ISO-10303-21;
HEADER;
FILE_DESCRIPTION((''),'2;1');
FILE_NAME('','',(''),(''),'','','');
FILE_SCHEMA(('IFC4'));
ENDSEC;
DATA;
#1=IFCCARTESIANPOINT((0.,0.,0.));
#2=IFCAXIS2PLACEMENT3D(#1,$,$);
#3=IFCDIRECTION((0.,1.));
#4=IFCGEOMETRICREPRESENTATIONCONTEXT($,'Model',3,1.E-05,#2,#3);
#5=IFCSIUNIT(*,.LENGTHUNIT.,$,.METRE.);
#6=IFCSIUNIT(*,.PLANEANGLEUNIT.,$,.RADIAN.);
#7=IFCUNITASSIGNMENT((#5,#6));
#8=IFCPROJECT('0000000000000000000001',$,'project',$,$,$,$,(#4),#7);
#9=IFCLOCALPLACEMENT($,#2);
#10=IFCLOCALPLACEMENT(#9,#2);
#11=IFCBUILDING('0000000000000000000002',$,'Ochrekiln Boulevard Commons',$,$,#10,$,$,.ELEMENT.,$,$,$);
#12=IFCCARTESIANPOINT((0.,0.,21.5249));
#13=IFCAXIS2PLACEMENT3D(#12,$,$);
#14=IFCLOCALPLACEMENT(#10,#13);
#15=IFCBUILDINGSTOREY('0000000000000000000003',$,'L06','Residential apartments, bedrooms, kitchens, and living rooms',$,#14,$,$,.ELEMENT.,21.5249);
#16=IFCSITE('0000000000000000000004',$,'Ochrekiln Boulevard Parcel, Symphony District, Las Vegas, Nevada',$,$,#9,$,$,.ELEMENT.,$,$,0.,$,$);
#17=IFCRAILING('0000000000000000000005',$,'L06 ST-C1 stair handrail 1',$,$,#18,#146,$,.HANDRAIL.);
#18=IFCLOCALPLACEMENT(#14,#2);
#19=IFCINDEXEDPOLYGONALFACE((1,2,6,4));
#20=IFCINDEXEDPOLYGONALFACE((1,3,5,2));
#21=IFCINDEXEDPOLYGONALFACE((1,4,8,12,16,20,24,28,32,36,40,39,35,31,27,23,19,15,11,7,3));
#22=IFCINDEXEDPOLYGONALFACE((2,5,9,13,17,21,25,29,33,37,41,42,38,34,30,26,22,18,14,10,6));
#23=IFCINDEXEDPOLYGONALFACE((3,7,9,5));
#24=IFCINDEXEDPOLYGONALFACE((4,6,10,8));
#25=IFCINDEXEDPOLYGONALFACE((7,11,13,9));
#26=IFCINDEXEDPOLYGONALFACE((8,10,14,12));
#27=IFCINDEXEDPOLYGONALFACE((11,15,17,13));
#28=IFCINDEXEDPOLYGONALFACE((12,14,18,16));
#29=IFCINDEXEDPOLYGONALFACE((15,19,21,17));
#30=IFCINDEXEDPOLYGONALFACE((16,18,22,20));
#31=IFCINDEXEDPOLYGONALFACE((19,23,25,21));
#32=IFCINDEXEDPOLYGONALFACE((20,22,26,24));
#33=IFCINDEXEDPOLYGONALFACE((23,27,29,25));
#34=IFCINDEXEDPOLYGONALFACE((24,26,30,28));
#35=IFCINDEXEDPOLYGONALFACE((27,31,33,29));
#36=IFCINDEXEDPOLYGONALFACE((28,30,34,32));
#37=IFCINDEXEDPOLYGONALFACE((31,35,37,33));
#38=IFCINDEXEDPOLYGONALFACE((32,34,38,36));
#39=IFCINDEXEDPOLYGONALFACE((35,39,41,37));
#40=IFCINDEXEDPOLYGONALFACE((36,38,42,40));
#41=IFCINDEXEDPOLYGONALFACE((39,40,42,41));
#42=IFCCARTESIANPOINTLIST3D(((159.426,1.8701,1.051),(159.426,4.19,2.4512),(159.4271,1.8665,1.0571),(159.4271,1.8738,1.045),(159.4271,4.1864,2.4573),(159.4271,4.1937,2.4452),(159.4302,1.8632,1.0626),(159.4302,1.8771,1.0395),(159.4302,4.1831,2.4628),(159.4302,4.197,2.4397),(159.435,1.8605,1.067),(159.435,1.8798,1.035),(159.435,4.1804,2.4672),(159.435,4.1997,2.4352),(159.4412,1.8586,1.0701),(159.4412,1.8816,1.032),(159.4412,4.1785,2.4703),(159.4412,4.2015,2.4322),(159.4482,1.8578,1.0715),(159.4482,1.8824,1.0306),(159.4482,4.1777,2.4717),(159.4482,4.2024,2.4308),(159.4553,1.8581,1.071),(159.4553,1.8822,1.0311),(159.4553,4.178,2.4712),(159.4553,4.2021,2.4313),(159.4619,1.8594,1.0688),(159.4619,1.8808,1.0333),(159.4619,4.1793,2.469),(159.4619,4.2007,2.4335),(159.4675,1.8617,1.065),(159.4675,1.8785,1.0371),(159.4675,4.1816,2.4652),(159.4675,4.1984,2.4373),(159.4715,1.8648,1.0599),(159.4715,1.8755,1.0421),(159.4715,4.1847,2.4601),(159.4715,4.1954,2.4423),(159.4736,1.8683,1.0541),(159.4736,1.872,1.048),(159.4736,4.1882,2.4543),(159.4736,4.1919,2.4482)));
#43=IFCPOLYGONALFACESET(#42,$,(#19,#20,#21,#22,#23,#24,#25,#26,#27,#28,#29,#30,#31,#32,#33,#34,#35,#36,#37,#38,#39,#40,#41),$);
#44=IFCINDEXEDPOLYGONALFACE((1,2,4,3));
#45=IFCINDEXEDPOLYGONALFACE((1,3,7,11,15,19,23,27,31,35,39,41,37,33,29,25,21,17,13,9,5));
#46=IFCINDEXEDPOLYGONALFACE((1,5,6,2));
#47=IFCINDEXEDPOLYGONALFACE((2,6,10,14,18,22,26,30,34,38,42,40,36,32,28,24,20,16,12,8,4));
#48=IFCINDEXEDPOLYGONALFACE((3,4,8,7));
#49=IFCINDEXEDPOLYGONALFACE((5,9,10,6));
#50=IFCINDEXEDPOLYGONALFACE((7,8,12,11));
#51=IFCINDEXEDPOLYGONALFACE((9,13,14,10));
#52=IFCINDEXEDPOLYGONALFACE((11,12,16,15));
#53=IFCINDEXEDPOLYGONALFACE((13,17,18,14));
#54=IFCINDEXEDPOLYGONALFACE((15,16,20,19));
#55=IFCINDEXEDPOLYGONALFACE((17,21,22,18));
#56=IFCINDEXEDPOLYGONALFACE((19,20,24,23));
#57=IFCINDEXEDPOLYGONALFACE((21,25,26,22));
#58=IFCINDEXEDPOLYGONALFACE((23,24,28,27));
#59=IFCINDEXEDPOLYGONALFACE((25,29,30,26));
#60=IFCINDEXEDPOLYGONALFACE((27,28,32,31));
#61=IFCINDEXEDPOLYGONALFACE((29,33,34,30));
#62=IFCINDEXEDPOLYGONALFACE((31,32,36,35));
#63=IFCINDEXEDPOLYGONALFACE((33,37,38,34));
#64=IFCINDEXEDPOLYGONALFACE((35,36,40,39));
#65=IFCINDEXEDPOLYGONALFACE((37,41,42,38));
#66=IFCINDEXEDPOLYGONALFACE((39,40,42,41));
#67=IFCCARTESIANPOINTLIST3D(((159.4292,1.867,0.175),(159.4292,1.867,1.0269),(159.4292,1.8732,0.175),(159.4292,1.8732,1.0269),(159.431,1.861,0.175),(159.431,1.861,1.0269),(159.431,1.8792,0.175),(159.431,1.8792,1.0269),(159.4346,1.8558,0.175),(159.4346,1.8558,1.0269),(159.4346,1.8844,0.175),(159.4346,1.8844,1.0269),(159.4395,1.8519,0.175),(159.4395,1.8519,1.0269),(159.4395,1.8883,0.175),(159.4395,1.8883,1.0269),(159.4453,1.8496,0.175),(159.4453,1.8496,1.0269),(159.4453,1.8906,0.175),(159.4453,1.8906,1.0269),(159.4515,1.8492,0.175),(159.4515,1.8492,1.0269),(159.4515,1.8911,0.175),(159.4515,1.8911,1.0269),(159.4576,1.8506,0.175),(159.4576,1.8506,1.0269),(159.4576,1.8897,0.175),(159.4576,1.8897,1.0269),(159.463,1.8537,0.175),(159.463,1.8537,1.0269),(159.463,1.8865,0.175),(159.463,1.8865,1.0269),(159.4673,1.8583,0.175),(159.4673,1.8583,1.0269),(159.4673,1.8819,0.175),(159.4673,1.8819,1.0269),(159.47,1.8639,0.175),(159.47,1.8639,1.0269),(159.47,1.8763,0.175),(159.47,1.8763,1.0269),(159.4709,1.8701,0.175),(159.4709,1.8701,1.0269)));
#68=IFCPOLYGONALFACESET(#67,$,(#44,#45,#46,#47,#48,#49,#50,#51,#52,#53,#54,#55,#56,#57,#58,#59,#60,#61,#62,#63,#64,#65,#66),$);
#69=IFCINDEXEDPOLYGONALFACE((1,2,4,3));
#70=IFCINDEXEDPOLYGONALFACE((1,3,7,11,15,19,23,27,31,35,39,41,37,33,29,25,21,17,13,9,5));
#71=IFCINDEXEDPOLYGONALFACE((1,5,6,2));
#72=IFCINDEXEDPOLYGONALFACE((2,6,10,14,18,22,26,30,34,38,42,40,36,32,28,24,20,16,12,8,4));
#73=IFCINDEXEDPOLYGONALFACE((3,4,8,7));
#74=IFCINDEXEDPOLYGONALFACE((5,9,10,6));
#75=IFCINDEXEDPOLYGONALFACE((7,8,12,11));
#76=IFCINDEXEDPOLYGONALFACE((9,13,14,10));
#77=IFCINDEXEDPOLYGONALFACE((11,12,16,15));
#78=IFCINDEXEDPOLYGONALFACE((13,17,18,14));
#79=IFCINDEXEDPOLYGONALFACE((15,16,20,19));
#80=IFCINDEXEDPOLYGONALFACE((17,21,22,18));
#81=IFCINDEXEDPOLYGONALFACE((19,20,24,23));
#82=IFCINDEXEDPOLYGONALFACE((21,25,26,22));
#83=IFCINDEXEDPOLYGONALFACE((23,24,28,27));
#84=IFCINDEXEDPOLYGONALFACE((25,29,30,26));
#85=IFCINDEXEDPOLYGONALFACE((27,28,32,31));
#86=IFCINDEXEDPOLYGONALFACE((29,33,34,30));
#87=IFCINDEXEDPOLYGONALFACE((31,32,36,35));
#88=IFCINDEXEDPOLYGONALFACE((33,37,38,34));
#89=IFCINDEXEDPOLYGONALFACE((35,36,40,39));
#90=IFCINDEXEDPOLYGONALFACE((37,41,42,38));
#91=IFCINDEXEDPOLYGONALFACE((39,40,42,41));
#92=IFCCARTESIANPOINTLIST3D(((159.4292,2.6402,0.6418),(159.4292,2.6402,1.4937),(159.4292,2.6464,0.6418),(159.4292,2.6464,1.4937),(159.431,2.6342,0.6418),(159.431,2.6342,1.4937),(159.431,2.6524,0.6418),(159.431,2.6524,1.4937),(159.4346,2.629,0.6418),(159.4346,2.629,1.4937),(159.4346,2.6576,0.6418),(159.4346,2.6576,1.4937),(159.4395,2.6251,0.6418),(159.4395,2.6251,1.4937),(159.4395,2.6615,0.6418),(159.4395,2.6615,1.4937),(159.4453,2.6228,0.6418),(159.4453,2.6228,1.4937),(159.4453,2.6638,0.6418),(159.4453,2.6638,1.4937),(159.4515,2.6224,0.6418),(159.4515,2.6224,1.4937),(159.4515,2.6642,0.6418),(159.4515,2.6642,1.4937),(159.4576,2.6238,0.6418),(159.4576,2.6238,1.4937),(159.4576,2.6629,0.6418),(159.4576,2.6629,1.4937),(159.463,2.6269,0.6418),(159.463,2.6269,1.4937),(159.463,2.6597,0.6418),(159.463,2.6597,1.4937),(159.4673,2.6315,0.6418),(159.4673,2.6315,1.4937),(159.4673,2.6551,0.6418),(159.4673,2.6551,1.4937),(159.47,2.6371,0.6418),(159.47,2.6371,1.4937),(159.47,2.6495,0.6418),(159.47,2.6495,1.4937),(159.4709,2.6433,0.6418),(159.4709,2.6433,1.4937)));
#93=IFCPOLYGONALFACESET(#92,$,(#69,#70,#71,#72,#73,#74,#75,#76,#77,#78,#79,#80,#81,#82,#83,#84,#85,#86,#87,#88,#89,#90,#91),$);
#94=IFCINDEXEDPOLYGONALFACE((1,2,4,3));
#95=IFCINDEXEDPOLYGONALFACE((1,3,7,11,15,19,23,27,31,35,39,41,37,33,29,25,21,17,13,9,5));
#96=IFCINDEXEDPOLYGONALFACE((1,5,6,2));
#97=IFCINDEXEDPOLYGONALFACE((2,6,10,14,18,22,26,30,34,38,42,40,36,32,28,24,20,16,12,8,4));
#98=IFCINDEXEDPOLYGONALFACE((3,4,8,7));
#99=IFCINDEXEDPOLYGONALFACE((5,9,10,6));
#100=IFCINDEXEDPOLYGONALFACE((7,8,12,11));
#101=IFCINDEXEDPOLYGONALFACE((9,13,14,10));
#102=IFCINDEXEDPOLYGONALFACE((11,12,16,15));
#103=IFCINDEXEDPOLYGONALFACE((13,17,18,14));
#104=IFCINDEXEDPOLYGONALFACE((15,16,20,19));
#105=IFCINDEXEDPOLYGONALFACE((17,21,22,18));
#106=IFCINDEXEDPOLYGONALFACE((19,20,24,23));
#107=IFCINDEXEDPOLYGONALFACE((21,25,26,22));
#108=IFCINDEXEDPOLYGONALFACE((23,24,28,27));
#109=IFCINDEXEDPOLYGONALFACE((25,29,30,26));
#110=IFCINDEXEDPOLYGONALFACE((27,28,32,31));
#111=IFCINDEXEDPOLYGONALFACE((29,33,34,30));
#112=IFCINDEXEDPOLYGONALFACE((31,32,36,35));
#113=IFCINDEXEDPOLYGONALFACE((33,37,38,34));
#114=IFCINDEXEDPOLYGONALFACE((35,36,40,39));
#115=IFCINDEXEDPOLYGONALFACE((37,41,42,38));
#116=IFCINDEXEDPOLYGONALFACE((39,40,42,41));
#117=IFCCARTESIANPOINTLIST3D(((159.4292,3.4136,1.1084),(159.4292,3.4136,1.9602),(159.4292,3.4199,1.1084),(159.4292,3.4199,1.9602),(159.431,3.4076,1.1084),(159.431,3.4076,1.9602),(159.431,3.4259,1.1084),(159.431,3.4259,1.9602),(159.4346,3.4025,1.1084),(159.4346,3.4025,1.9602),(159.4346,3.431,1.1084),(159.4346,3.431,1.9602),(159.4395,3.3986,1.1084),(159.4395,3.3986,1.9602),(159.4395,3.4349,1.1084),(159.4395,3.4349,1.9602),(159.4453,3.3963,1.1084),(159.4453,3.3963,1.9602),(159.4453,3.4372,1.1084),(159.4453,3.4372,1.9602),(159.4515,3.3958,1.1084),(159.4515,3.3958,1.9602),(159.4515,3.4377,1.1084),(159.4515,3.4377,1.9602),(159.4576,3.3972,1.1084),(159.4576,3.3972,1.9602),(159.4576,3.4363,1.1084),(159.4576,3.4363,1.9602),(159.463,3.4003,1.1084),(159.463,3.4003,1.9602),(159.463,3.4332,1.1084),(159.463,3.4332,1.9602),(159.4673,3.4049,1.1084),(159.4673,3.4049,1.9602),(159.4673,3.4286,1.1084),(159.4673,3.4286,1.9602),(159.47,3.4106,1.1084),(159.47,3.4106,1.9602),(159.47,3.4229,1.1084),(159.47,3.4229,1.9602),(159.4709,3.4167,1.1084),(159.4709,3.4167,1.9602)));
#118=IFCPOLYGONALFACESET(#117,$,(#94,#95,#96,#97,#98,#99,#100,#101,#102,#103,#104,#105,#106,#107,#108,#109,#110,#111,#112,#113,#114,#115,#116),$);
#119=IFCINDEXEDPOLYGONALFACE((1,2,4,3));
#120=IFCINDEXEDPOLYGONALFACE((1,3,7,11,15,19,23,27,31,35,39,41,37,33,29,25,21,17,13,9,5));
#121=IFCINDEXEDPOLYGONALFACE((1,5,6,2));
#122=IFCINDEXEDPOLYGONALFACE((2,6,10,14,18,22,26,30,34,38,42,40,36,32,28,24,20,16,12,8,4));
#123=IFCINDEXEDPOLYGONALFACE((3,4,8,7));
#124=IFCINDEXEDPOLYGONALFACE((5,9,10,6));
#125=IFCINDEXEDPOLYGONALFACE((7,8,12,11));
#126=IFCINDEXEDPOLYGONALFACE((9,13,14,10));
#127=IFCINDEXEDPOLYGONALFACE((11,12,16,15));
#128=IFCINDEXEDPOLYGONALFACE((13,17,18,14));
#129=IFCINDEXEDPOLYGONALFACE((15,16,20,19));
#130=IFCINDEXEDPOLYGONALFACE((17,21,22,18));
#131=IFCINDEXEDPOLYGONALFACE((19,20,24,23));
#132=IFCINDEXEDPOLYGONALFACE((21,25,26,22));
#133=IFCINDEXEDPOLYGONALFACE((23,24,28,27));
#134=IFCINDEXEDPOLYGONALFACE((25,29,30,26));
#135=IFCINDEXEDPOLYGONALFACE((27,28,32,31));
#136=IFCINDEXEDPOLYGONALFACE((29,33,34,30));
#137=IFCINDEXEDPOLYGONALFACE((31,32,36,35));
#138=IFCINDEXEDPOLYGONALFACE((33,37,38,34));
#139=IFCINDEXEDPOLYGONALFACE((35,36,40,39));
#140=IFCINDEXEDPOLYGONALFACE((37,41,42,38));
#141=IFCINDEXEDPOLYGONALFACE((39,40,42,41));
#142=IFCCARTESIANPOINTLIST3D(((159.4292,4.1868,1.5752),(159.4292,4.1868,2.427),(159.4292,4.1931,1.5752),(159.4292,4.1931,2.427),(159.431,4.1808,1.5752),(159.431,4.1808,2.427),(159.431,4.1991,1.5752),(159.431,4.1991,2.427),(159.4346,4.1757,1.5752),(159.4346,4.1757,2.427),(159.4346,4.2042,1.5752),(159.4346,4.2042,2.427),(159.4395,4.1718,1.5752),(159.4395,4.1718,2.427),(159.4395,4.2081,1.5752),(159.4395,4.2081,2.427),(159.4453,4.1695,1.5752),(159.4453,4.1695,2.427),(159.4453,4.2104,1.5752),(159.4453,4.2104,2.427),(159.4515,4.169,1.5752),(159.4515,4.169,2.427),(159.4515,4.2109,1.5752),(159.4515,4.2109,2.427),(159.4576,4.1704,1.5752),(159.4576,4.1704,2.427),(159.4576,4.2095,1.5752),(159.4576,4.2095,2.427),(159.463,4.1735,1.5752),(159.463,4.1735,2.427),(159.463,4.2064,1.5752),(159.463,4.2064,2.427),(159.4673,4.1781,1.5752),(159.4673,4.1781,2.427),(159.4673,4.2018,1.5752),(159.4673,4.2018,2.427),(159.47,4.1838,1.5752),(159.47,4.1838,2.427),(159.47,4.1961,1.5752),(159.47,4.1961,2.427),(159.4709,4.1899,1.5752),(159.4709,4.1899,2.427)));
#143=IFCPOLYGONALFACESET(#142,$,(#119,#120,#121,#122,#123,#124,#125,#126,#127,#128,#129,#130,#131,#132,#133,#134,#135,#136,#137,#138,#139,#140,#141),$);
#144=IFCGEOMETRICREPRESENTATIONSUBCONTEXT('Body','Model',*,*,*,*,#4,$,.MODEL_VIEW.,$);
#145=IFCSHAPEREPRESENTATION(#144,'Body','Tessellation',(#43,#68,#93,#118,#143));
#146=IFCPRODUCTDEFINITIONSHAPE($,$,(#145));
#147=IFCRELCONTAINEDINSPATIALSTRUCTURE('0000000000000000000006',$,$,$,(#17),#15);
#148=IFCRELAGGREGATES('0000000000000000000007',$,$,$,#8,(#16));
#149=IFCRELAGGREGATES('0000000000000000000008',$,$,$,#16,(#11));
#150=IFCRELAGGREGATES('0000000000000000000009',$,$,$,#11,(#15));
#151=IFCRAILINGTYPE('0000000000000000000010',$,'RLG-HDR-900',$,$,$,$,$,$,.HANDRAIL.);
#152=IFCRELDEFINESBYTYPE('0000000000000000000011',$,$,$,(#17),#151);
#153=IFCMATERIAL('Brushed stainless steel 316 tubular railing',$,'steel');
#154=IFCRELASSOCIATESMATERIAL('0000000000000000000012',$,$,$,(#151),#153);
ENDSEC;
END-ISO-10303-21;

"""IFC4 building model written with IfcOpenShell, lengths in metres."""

from ifc_helpers import new_model, si_unit, direction, frame, origin, origin_2d, place, context, subcontext, project, spatial, circle, extrude, material, type_object, element, save


model = new_model("IFC4")

# Units and contexts
model_context = context("Model", 3, precision=1e-05, world=origin(), true_north=direction((0.0, 1.0)))
body_context = subcontext(model_context, "Body", "Model", "MODEL_VIEW")
ifc_project = project(units=[si_unit("LENGTHUNIT", "METRE"), si_unit("PLANEANGLEUNIT", "RADIAN")], contexts=[model_context])

# Site, building, storey
site_placement = place(None, origin())
site = spatial("IfcSite", under=ifc_project, at=site_placement, Name="Ochrekiln Boulevard Parcel, Symphony District, Las Vegas, Nevada", CompositionType="ELEMENT", RefElevation=0.0)
building_placement = place(site_placement, origin())
building = spatial("IfcBuilding", under=site, at=building_placement, Name="Ochrekiln Boulevard Commons", CompositionType="ELEMENT")
storey_placement = place(building_placement, frame((0.0, 0.0, 21.5249)))
storey = spatial("IfcBuildingStorey", under=building, at=storey_placement, Name="L06", Description="Residential apartments, bedrooms, kitchens, and living rooms", CompositionType="ELEMENT", Elevation=21.5249)

# Railing
ifc_material_1 = material(Name="Brushed stainless steel 316 tubular railing", Category="steel")
railing_type_1 = type_object("IfcRailingType", Name="RLG-HDR-900", PredefinedType="HANDRAIL", material=ifc_material_1)
railing_1_placement = place(storey_placement, frame((159.45, 1.8701, 0.175)))
element("IfcRailing", 1, at=railing_1_placement, inside=storey, type_object=railing_type_1, Name="L06 ST-C1 stair handrail 1", PredefinedType="HANDRAIL", context=body_context, shape_type="SweptSolid", body=[
    extrude(circle(Radius=0.0239, at=origin_2d()), frame((0.0, 0.0, 0.876), z_axis=(0.0, 0.856146, 0.516733), x_axis=(-1.0, 0.0, 0.0)), (0.0, 0.0, 1.0), 2.7097),
    extrude(circle(Radius=0.021, at=origin_2d()), origin(), (0.0, 0.0, 1.0), 0.8518),
    extrude(circle(Radius=0.021, at=origin_2d()), frame((0.0, 0.7732, 0.4668)), (0.0, 0.0, 1.0), 0.8518),
    extrude(circle(Radius=0.021, at=origin_2d()), frame((0.0, 1.5466, 0.9333)), (0.0, 0.0, 1.0), 0.8518),
    extrude(circle(Radius=0.021, at=origin_2d()), frame((0.0, 2.3198, 1.4001)), (0.0, 0.0, 1.0), 0.8518),
])

save(model, "model.ifc")
